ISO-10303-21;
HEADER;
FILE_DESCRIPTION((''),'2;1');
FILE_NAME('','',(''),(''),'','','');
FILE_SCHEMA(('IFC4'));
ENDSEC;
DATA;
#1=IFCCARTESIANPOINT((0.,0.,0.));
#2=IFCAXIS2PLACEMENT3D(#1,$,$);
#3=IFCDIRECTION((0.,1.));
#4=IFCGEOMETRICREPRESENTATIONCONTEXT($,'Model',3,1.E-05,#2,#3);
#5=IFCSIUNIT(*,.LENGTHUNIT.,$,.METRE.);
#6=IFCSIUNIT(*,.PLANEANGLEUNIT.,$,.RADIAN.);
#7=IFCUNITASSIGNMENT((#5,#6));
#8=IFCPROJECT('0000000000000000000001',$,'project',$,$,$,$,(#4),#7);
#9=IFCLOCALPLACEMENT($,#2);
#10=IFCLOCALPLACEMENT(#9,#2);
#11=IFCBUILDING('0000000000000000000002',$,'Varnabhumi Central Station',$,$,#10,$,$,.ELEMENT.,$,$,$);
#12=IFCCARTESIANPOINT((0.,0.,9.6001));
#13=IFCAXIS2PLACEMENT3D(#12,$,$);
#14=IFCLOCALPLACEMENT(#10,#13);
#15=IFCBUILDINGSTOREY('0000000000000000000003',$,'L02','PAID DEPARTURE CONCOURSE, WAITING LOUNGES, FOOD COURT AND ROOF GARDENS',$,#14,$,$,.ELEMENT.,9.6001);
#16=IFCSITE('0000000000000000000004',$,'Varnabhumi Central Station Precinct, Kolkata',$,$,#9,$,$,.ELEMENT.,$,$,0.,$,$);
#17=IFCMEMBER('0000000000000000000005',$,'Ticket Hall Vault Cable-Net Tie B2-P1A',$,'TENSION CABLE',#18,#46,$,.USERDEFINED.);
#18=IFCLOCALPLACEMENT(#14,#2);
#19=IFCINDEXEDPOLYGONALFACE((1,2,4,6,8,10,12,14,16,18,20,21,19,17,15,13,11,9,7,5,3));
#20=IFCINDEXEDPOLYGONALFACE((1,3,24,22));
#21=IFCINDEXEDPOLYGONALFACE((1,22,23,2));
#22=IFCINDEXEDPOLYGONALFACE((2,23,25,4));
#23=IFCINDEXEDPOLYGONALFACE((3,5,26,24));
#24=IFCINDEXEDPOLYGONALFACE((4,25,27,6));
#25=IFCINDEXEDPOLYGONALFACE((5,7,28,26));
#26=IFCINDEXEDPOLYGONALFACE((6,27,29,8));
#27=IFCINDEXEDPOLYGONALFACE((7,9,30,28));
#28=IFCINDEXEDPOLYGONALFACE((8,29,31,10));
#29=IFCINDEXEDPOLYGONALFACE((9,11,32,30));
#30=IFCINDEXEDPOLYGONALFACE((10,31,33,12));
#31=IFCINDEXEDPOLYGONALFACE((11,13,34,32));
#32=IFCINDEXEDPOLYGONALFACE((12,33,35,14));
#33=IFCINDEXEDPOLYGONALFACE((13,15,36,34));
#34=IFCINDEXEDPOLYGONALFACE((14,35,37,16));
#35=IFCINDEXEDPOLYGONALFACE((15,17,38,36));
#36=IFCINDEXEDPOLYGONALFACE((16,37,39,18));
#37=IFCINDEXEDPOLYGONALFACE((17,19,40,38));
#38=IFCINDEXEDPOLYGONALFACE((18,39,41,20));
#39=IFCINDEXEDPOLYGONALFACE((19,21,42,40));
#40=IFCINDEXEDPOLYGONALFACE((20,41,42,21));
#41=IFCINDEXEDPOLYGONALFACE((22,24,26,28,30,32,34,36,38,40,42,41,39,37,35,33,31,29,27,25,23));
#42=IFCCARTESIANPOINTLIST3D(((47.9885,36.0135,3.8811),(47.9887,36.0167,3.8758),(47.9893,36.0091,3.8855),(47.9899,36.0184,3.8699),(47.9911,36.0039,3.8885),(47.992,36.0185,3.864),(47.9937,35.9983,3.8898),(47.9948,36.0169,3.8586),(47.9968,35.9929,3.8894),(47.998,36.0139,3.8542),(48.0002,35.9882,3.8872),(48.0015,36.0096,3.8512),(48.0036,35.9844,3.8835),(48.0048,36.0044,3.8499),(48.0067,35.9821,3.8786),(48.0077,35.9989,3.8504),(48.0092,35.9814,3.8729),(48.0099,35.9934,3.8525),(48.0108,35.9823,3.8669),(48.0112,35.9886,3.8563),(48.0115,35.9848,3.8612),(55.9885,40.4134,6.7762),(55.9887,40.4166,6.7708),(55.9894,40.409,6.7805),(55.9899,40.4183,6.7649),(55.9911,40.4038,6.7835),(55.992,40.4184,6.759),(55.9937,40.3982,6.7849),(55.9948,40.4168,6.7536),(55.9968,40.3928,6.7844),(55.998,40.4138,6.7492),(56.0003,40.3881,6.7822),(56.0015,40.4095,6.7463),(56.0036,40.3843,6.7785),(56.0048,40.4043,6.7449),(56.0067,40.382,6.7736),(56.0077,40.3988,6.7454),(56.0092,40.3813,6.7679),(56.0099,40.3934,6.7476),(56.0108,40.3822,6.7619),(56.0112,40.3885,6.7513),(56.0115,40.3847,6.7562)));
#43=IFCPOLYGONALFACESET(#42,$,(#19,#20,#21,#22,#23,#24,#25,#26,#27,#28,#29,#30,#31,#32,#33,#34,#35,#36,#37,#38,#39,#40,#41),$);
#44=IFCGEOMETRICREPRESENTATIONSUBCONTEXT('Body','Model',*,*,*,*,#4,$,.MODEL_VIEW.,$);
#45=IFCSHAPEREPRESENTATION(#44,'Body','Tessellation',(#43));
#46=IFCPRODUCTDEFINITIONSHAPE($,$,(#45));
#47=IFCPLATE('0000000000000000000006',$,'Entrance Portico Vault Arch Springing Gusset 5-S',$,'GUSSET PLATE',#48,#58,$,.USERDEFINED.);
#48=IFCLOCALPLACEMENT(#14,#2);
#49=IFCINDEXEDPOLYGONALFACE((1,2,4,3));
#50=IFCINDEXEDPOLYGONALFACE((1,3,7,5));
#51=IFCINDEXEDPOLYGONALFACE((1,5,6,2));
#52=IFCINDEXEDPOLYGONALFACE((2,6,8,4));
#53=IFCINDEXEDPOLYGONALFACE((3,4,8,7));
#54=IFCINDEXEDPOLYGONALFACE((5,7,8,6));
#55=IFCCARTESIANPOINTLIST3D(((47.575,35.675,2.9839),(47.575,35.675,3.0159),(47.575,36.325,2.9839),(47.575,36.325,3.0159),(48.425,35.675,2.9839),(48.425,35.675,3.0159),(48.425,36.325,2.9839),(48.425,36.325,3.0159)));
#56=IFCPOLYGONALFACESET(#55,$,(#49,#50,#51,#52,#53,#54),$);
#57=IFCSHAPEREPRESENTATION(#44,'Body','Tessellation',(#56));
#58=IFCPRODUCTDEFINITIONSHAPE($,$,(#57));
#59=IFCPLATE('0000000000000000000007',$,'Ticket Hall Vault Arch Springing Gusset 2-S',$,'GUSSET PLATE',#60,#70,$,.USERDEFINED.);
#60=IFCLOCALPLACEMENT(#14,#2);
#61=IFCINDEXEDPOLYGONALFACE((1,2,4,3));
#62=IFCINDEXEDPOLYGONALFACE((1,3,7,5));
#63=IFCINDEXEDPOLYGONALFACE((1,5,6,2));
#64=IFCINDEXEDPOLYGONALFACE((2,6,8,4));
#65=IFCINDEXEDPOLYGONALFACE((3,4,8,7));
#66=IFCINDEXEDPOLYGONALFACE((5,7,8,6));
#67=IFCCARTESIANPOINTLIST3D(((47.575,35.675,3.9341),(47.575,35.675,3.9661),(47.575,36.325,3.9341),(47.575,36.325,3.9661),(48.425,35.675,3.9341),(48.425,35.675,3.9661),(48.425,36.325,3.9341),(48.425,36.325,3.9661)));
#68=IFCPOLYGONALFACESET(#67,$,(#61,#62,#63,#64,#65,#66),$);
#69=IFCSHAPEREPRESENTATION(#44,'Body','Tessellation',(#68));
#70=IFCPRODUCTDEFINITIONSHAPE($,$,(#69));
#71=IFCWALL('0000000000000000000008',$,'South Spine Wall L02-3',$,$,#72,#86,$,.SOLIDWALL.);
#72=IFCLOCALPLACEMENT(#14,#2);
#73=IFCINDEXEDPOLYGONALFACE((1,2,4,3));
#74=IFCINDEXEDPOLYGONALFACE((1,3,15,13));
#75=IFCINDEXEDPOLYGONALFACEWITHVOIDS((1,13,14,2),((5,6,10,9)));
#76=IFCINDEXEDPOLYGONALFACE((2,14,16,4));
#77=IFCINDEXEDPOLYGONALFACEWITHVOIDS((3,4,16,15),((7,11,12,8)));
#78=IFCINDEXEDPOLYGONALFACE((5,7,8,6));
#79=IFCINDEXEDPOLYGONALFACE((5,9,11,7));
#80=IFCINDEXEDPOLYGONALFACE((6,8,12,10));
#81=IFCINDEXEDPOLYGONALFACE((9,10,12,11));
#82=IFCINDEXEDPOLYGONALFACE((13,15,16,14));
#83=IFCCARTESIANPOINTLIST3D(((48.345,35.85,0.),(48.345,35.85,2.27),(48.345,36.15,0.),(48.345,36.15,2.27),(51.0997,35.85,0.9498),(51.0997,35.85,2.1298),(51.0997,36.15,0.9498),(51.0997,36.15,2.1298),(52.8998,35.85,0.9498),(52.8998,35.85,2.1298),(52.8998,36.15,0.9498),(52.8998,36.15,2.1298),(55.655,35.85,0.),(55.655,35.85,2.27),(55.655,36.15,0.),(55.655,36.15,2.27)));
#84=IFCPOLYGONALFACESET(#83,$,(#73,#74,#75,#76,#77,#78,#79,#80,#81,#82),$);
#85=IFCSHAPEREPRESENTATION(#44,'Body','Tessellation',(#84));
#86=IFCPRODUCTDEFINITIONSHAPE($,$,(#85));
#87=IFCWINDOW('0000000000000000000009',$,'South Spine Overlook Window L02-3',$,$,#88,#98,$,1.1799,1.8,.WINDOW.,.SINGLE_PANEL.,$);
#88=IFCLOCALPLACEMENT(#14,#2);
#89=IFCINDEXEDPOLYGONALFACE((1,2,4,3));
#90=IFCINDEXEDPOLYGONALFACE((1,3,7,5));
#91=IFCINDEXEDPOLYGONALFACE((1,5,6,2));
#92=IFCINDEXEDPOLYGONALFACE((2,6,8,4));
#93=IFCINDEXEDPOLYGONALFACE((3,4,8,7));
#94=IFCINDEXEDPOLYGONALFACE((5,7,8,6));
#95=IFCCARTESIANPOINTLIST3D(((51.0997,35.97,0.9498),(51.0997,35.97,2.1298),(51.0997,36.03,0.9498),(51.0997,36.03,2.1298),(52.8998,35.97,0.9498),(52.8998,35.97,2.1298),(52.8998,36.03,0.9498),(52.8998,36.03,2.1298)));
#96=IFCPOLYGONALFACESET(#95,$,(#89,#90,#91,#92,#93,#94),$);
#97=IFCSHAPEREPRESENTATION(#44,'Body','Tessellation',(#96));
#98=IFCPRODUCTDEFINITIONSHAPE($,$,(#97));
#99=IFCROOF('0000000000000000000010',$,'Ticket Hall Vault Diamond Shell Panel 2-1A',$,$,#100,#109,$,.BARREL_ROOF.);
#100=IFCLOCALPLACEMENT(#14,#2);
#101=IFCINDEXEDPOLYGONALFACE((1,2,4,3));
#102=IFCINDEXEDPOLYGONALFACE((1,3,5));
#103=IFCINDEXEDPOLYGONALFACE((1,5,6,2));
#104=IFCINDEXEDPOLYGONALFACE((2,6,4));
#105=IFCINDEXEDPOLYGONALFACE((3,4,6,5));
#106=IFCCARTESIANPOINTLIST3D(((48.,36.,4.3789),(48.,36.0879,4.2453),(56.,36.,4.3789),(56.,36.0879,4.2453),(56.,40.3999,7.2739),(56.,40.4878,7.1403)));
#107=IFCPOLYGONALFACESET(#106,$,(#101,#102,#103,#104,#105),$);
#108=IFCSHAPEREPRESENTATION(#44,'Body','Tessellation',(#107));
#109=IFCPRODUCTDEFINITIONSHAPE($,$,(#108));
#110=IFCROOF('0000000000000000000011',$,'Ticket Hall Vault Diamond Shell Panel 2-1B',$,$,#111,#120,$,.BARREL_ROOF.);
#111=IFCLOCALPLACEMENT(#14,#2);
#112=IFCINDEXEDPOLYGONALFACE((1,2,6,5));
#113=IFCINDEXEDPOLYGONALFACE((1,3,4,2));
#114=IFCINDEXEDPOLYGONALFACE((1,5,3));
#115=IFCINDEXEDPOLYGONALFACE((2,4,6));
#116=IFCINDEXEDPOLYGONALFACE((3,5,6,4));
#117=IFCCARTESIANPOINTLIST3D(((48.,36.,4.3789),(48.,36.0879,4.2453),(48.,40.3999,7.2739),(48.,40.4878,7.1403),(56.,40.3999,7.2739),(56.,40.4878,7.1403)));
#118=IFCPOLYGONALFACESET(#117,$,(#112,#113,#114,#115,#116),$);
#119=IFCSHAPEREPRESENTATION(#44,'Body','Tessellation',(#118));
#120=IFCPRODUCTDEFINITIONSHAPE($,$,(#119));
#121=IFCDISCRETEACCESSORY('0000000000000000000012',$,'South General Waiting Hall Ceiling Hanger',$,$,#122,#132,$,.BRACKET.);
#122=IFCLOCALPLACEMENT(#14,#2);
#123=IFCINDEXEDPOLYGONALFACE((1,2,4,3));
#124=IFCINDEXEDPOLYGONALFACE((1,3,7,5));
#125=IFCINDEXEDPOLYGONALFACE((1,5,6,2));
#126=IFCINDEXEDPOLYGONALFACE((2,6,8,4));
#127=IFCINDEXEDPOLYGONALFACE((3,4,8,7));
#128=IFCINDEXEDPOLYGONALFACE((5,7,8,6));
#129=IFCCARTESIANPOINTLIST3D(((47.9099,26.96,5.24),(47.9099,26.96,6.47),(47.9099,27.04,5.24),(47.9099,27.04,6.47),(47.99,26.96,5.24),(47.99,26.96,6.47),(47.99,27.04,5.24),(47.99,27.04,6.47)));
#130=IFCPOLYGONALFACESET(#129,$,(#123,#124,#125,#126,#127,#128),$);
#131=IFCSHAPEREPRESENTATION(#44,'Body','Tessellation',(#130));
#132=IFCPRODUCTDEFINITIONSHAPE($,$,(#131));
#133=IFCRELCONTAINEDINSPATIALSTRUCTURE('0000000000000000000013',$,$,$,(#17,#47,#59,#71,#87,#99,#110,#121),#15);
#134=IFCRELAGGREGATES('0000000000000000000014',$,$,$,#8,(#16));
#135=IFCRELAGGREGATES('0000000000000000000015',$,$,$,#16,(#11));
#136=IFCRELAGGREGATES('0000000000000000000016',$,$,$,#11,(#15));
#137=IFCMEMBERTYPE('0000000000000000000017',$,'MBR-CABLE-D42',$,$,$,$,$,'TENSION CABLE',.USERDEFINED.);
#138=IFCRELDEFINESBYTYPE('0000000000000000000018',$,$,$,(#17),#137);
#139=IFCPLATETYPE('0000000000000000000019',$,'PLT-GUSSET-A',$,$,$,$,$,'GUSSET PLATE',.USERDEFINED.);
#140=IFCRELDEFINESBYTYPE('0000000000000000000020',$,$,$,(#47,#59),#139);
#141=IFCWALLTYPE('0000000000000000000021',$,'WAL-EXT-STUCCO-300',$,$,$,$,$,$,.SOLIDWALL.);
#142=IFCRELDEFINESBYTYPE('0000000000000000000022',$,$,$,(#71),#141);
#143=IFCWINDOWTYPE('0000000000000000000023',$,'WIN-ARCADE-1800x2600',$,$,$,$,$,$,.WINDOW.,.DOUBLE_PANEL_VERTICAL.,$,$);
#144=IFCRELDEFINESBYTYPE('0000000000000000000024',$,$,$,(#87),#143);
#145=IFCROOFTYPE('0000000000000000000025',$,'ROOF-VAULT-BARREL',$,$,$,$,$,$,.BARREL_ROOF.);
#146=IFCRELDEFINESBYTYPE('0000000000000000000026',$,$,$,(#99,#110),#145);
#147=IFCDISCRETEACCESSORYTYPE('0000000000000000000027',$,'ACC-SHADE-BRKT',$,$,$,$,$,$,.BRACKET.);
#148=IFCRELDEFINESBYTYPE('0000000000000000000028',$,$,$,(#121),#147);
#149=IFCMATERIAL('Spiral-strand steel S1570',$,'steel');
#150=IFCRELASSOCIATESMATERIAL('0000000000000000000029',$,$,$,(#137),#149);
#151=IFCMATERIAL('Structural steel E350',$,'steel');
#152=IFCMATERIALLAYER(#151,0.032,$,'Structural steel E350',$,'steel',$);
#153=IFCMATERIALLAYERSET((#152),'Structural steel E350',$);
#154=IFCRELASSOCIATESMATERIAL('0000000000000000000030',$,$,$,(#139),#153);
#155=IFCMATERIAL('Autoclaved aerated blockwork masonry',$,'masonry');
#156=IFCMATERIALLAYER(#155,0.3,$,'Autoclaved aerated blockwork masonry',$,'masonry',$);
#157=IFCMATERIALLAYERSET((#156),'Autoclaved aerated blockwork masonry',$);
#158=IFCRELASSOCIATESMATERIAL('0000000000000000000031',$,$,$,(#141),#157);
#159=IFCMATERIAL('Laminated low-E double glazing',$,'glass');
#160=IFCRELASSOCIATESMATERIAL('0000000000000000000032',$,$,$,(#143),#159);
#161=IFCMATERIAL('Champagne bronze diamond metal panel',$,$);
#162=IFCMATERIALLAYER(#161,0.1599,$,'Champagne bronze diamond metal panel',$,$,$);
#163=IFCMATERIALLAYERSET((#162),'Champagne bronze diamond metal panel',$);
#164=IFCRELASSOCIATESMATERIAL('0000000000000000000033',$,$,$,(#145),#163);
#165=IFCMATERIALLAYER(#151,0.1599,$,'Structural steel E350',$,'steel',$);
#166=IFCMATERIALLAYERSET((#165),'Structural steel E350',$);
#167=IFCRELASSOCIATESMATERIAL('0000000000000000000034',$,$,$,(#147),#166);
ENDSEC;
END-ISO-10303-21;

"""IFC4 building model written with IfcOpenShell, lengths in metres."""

from ifc_helpers import new_model, si_unit, direction, frame, frame_2d, origin, origin_2d, place, context, subcontext, project, spatial, polyline, rectangle, circle, outline, extrude, material, layer, layer_set, material_profile, profile_set, type_object, element, fill, save


model = new_model("IFC4")

# Units and contexts
model_context = context("Model", 3, precision=1e-05, world=origin(), true_north=direction((0.0, 1.0)))
body_context = subcontext(model_context, "Body", "Model", "MODEL_VIEW")
ifc_project = project(units=[si_unit("LENGTHUNIT", "METRE"), si_unit("PLANEANGLEUNIT", "RADIAN")], contexts=[model_context])

# Site, building, storey
site_placement = place(None, origin())
site = spatial("IfcSite", under=ifc_project, at=site_placement, Name="Varnabhumi Central Station Precinct, Kolkata", CompositionType="ELEMENT", RefElevation=0.0)
building_placement = place(site_placement, origin())
building = spatial("IfcBuilding", under=site, at=building_placement, Name="Varnabhumi Central Station", CompositionType="ELEMENT")
storey_placement = place(building_placement, frame((0.0, 0.0, 9.6001)))
storey = spatial("IfcBuildingStorey", under=building, at=storey_placement, Name="L02", Description="PAID DEPARTURE CONCOURSE, WAITING LOUNGES, FOOD COURT AND ROOF GARDENS", CompositionType="ELEMENT", Elevation=9.6001)

# Shared definitions
ifc_material_1 = material(Name="Structural steel E350", Category="steel")

# Member
ifc_material_2 = material(Name="Spiral-strand steel S1570", Category="steel")
ifc_material_profile_1 = material_profile(ifc_material_2, circle(Radius=0.021, at=origin_2d()), Name="Spiral-strand steel S1570", Category="steel")
ifc_profile_set_1 = profile_set([ifc_material_profile_1], Name="Spiral-strand steel S1570")
member_type = type_object("IfcMemberType", Name="MBR-CABLE-D42", ElementType="TENSION CABLE", PredefinedType="USERDEFINED", material=ifc_profile_set_1)
member_placement = place(storey_placement, frame((48.0, 36.0, 3.8699), z_axis=(0.835237, 0.45937, 0.302254), x_axis=(-0.481911, 0.87622, 0.0)))
element("IfcMember", 1, at=member_placement, inside=storey, type_object=member_type, Name="Ticket Hall Vault Cable-Net Tie B2-P1A", ObjectType="TENSION CABLE", PredefinedType="USERDEFINED", context=body_context, shape_type="SweptSolid", body=[
    extrude(circle(Radius=0.021, at=origin_2d()), origin(), (0.0, 0.0, 1.0), 9.5781),
])

# Plates
ifc_layer_1 = layer(ifc_material_1, 0.032, Name="Structural steel E350", Category="steel")
ifc_layer_set_1 = layer_set([ifc_layer_1], Name="Structural steel E350")
plate_type = type_object("IfcPlateType", Name="PLT-GUSSET-A", ElementType="GUSSET PLATE", PredefinedType="USERDEFINED", material=ifc_layer_set_1)
for number, where, z_axis, x_axis, name in (
    (2, (48.0, 36.0, 2.9839), (0.0, 0.0, 1.0), (1.0, 0.0, 0.0), "Entrance Portico Vault Arch Springing Gusset 5-S"),
    (3, (48.0, 36.0, 3.9341), (0.0, 0.0, 1.0), (1.0, 0.0, 0.0), "Ticket Hall Vault Arch Springing Gusset 2-S"),
):
    element("IfcPlate", number, at=place(storey_placement, frame(where, z_axis=z_axis, x_axis=x_axis)), inside=storey, type_object=plate_type, Name=name, ObjectType="GUSSET PLATE", PredefinedType="USERDEFINED", context=body_context, shape_type="SweptSolid", body=[
        extrude(rectangle(XDim=0.8501, YDim=0.6499, at=origin_2d()), origin(), (0.0, 0.0, 1.0), 0.032),
    ])

# Wall, opening, window
ifc_material_3 = material(Name="Autoclaved aerated blockwork masonry", Category="masonry")
ifc_layer_2 = layer(ifc_material_3, 0.3, Name="Autoclaved aerated blockwork masonry", Category="masonry")
ifc_layer_set_2 = layer_set([ifc_layer_2], Name="Autoclaved aerated blockwork masonry")
wall_type = type_object("IfcWallType", Name="WAL-EXT-STUCCO-300", PredefinedType="SOLIDWALL", material=ifc_layer_set_2)
wall_placement = place(storey_placement, frame((48.345, 36.0, 0.0), z_axis=(0.0, 0.0, 1.0), x_axis=(1.0, 0.0, 0.0)))
wall = element("IfcWall", 4, at=wall_placement, inside=storey, type_object=wall_type, Name="South Spine Wall L02-3", PredefinedType="SOLIDWALL", context=body_context, shape_type="SweptSolid", body=[
    extrude(rectangle(XDim=7.3101, YDim=0.3, at=frame_2d((3.655, 0.0))), origin(), (0.0, 0.0, 1.0), 2.27),
])
opening_placement = place(wall_placement, frame((2.7549, 0.0, 0.95)))
opening = element("IfcOpeningElement", 5, at=opening_placement, cuts=wall, PredefinedType="OPENING", context=body_context, shape_type="SweptSolid", body=[
    extrude(rectangle(XDim=1.8, YDim=1.1799, at=frame_2d((0.8999, 0.5898))), frame((0.0, 0.1599, 0.0), z_axis=(0.0, -1.0, 0.0), x_axis=(1.0, 0.0, 0.0)), (0.0, 0.0, 1.0), 0.3201),
])
ifc_material_4 = material(Name="Laminated low-E double glazing", Category="glass")
window_type = type_object("IfcWindowType", Name="WIN-ARCADE-1800x2600", PartitioningType="DOUBLE_PANEL_VERTICAL", PredefinedType="WINDOW", material=ifc_material_4)
window_placement = place(opening_placement, origin())
window = element("IfcWindow", 6, at=window_placement, inside=storey, type_object=window_type, Name="South Spine Overlook Window L02-3", OverallHeight=1.1799, OverallWidth=1.8, PartitioningType="SINGLE_PANEL", PredefinedType="WINDOW", context=body_context, shape_type="SweptSolid", body=[
    extrude(rectangle(XDim=1.8, YDim=1.1799, at=frame_2d((0.8999, 0.5898))), frame((0.0, 0.03, 0.0), z_axis=(0.0, -1.0, 0.0), x_axis=(1.0, 0.0, 0.0)), (0.0, 0.0, 1.0), 0.0601),
])
fill(opening, window)

# Roofs
ifc_material_5 = material(Name="Champagne bronze diamond metal panel")
ifc_layer_3 = layer(ifc_material_5, 0.1599, Name="Champagne bronze diamond metal panel")
ifc_layer_set_3 = layer_set([ifc_layer_3], Name="Champagne bronze diamond metal panel")
roof_type = type_object("IfcRoofType", Name="ROOF-VAULT-BARREL", PredefinedType="BARREL_ROOF", material=ifc_layer_set_3)
roof_1_placement = place(storey_placement, frame((48.0, 36.0, 4.3789), z_axis=(0.0, -0.549662, 0.835387), x_axis=(1.0, 0.0, 0.0)))
element("IfcRoof", 7, at=roof_1_placement, inside=storey, type_object=roof_type, Name="Ticket Hall Vault Diamond Shell Panel 2-1A", PredefinedType="BARREL_ROOF", context=body_context, shape_type="SweptSolid", body=[
    extrude(outline(polyline([(0.0, 0.0), (8.0, 0.0), (8.0, 5.2669), (0.0, 0.0)])), origin(), (0.0, 0.0, -1.0), 0.1599),
])
roof_2_placement = place(storey_placement, frame((48.0, 36.0, 4.3789), z_axis=(0.0, -0.549662, 0.835387), x_axis=(0.835237, 0.45937, 0.302254)))
element("IfcRoof", 8, at=roof_2_placement, inside=storey, type_object=roof_type, Name="Ticket Hall Vault Diamond Shell Panel 2-1B", PredefinedType="BARREL_ROOF", context=body_context, shape_type="SweptSolid", body=[
    extrude(outline(polyline([(0.0, 0.0), (9.5781, 0.0), (2.8962, 4.3991), (0.0, 0.0)])), origin(), (0.0, 0.0, -1.0), 0.1599),
])

# Discrete accessory
ifc_layer_4 = layer(ifc_material_1, 0.1599, Name="Structural steel E350", Category="steel")
ifc_layer_set_4 = layer_set([ifc_layer_4], Name="Structural steel E350")
discrete_accessory_type = type_object("IfcDiscreteAccessoryType", Name="ACC-SHADE-BRKT", PredefinedType="BRACKET", material=ifc_layer_set_4)
discrete_accessory_placement = place(storey_placement, frame((47.95, 27.0, 5.24), z_axis=(0.0, 0.0, 1.0), x_axis=(1.0, 0.0, 0.0)))
element("IfcDiscreteAccessory", 9, at=discrete_accessory_placement, inside=storey, type_object=discrete_accessory_type, Name="South General Waiting Hall Ceiling Hanger", PredefinedType="BRACKET", context=body_context, shape_type="SweptSolid", body=[
    extrude(rectangle(XDim=0.0801, YDim=0.0801, at=origin_2d()), origin(), (0.0, 0.0, 1.0), 1.23),
])

save(model, "model.ifc")
